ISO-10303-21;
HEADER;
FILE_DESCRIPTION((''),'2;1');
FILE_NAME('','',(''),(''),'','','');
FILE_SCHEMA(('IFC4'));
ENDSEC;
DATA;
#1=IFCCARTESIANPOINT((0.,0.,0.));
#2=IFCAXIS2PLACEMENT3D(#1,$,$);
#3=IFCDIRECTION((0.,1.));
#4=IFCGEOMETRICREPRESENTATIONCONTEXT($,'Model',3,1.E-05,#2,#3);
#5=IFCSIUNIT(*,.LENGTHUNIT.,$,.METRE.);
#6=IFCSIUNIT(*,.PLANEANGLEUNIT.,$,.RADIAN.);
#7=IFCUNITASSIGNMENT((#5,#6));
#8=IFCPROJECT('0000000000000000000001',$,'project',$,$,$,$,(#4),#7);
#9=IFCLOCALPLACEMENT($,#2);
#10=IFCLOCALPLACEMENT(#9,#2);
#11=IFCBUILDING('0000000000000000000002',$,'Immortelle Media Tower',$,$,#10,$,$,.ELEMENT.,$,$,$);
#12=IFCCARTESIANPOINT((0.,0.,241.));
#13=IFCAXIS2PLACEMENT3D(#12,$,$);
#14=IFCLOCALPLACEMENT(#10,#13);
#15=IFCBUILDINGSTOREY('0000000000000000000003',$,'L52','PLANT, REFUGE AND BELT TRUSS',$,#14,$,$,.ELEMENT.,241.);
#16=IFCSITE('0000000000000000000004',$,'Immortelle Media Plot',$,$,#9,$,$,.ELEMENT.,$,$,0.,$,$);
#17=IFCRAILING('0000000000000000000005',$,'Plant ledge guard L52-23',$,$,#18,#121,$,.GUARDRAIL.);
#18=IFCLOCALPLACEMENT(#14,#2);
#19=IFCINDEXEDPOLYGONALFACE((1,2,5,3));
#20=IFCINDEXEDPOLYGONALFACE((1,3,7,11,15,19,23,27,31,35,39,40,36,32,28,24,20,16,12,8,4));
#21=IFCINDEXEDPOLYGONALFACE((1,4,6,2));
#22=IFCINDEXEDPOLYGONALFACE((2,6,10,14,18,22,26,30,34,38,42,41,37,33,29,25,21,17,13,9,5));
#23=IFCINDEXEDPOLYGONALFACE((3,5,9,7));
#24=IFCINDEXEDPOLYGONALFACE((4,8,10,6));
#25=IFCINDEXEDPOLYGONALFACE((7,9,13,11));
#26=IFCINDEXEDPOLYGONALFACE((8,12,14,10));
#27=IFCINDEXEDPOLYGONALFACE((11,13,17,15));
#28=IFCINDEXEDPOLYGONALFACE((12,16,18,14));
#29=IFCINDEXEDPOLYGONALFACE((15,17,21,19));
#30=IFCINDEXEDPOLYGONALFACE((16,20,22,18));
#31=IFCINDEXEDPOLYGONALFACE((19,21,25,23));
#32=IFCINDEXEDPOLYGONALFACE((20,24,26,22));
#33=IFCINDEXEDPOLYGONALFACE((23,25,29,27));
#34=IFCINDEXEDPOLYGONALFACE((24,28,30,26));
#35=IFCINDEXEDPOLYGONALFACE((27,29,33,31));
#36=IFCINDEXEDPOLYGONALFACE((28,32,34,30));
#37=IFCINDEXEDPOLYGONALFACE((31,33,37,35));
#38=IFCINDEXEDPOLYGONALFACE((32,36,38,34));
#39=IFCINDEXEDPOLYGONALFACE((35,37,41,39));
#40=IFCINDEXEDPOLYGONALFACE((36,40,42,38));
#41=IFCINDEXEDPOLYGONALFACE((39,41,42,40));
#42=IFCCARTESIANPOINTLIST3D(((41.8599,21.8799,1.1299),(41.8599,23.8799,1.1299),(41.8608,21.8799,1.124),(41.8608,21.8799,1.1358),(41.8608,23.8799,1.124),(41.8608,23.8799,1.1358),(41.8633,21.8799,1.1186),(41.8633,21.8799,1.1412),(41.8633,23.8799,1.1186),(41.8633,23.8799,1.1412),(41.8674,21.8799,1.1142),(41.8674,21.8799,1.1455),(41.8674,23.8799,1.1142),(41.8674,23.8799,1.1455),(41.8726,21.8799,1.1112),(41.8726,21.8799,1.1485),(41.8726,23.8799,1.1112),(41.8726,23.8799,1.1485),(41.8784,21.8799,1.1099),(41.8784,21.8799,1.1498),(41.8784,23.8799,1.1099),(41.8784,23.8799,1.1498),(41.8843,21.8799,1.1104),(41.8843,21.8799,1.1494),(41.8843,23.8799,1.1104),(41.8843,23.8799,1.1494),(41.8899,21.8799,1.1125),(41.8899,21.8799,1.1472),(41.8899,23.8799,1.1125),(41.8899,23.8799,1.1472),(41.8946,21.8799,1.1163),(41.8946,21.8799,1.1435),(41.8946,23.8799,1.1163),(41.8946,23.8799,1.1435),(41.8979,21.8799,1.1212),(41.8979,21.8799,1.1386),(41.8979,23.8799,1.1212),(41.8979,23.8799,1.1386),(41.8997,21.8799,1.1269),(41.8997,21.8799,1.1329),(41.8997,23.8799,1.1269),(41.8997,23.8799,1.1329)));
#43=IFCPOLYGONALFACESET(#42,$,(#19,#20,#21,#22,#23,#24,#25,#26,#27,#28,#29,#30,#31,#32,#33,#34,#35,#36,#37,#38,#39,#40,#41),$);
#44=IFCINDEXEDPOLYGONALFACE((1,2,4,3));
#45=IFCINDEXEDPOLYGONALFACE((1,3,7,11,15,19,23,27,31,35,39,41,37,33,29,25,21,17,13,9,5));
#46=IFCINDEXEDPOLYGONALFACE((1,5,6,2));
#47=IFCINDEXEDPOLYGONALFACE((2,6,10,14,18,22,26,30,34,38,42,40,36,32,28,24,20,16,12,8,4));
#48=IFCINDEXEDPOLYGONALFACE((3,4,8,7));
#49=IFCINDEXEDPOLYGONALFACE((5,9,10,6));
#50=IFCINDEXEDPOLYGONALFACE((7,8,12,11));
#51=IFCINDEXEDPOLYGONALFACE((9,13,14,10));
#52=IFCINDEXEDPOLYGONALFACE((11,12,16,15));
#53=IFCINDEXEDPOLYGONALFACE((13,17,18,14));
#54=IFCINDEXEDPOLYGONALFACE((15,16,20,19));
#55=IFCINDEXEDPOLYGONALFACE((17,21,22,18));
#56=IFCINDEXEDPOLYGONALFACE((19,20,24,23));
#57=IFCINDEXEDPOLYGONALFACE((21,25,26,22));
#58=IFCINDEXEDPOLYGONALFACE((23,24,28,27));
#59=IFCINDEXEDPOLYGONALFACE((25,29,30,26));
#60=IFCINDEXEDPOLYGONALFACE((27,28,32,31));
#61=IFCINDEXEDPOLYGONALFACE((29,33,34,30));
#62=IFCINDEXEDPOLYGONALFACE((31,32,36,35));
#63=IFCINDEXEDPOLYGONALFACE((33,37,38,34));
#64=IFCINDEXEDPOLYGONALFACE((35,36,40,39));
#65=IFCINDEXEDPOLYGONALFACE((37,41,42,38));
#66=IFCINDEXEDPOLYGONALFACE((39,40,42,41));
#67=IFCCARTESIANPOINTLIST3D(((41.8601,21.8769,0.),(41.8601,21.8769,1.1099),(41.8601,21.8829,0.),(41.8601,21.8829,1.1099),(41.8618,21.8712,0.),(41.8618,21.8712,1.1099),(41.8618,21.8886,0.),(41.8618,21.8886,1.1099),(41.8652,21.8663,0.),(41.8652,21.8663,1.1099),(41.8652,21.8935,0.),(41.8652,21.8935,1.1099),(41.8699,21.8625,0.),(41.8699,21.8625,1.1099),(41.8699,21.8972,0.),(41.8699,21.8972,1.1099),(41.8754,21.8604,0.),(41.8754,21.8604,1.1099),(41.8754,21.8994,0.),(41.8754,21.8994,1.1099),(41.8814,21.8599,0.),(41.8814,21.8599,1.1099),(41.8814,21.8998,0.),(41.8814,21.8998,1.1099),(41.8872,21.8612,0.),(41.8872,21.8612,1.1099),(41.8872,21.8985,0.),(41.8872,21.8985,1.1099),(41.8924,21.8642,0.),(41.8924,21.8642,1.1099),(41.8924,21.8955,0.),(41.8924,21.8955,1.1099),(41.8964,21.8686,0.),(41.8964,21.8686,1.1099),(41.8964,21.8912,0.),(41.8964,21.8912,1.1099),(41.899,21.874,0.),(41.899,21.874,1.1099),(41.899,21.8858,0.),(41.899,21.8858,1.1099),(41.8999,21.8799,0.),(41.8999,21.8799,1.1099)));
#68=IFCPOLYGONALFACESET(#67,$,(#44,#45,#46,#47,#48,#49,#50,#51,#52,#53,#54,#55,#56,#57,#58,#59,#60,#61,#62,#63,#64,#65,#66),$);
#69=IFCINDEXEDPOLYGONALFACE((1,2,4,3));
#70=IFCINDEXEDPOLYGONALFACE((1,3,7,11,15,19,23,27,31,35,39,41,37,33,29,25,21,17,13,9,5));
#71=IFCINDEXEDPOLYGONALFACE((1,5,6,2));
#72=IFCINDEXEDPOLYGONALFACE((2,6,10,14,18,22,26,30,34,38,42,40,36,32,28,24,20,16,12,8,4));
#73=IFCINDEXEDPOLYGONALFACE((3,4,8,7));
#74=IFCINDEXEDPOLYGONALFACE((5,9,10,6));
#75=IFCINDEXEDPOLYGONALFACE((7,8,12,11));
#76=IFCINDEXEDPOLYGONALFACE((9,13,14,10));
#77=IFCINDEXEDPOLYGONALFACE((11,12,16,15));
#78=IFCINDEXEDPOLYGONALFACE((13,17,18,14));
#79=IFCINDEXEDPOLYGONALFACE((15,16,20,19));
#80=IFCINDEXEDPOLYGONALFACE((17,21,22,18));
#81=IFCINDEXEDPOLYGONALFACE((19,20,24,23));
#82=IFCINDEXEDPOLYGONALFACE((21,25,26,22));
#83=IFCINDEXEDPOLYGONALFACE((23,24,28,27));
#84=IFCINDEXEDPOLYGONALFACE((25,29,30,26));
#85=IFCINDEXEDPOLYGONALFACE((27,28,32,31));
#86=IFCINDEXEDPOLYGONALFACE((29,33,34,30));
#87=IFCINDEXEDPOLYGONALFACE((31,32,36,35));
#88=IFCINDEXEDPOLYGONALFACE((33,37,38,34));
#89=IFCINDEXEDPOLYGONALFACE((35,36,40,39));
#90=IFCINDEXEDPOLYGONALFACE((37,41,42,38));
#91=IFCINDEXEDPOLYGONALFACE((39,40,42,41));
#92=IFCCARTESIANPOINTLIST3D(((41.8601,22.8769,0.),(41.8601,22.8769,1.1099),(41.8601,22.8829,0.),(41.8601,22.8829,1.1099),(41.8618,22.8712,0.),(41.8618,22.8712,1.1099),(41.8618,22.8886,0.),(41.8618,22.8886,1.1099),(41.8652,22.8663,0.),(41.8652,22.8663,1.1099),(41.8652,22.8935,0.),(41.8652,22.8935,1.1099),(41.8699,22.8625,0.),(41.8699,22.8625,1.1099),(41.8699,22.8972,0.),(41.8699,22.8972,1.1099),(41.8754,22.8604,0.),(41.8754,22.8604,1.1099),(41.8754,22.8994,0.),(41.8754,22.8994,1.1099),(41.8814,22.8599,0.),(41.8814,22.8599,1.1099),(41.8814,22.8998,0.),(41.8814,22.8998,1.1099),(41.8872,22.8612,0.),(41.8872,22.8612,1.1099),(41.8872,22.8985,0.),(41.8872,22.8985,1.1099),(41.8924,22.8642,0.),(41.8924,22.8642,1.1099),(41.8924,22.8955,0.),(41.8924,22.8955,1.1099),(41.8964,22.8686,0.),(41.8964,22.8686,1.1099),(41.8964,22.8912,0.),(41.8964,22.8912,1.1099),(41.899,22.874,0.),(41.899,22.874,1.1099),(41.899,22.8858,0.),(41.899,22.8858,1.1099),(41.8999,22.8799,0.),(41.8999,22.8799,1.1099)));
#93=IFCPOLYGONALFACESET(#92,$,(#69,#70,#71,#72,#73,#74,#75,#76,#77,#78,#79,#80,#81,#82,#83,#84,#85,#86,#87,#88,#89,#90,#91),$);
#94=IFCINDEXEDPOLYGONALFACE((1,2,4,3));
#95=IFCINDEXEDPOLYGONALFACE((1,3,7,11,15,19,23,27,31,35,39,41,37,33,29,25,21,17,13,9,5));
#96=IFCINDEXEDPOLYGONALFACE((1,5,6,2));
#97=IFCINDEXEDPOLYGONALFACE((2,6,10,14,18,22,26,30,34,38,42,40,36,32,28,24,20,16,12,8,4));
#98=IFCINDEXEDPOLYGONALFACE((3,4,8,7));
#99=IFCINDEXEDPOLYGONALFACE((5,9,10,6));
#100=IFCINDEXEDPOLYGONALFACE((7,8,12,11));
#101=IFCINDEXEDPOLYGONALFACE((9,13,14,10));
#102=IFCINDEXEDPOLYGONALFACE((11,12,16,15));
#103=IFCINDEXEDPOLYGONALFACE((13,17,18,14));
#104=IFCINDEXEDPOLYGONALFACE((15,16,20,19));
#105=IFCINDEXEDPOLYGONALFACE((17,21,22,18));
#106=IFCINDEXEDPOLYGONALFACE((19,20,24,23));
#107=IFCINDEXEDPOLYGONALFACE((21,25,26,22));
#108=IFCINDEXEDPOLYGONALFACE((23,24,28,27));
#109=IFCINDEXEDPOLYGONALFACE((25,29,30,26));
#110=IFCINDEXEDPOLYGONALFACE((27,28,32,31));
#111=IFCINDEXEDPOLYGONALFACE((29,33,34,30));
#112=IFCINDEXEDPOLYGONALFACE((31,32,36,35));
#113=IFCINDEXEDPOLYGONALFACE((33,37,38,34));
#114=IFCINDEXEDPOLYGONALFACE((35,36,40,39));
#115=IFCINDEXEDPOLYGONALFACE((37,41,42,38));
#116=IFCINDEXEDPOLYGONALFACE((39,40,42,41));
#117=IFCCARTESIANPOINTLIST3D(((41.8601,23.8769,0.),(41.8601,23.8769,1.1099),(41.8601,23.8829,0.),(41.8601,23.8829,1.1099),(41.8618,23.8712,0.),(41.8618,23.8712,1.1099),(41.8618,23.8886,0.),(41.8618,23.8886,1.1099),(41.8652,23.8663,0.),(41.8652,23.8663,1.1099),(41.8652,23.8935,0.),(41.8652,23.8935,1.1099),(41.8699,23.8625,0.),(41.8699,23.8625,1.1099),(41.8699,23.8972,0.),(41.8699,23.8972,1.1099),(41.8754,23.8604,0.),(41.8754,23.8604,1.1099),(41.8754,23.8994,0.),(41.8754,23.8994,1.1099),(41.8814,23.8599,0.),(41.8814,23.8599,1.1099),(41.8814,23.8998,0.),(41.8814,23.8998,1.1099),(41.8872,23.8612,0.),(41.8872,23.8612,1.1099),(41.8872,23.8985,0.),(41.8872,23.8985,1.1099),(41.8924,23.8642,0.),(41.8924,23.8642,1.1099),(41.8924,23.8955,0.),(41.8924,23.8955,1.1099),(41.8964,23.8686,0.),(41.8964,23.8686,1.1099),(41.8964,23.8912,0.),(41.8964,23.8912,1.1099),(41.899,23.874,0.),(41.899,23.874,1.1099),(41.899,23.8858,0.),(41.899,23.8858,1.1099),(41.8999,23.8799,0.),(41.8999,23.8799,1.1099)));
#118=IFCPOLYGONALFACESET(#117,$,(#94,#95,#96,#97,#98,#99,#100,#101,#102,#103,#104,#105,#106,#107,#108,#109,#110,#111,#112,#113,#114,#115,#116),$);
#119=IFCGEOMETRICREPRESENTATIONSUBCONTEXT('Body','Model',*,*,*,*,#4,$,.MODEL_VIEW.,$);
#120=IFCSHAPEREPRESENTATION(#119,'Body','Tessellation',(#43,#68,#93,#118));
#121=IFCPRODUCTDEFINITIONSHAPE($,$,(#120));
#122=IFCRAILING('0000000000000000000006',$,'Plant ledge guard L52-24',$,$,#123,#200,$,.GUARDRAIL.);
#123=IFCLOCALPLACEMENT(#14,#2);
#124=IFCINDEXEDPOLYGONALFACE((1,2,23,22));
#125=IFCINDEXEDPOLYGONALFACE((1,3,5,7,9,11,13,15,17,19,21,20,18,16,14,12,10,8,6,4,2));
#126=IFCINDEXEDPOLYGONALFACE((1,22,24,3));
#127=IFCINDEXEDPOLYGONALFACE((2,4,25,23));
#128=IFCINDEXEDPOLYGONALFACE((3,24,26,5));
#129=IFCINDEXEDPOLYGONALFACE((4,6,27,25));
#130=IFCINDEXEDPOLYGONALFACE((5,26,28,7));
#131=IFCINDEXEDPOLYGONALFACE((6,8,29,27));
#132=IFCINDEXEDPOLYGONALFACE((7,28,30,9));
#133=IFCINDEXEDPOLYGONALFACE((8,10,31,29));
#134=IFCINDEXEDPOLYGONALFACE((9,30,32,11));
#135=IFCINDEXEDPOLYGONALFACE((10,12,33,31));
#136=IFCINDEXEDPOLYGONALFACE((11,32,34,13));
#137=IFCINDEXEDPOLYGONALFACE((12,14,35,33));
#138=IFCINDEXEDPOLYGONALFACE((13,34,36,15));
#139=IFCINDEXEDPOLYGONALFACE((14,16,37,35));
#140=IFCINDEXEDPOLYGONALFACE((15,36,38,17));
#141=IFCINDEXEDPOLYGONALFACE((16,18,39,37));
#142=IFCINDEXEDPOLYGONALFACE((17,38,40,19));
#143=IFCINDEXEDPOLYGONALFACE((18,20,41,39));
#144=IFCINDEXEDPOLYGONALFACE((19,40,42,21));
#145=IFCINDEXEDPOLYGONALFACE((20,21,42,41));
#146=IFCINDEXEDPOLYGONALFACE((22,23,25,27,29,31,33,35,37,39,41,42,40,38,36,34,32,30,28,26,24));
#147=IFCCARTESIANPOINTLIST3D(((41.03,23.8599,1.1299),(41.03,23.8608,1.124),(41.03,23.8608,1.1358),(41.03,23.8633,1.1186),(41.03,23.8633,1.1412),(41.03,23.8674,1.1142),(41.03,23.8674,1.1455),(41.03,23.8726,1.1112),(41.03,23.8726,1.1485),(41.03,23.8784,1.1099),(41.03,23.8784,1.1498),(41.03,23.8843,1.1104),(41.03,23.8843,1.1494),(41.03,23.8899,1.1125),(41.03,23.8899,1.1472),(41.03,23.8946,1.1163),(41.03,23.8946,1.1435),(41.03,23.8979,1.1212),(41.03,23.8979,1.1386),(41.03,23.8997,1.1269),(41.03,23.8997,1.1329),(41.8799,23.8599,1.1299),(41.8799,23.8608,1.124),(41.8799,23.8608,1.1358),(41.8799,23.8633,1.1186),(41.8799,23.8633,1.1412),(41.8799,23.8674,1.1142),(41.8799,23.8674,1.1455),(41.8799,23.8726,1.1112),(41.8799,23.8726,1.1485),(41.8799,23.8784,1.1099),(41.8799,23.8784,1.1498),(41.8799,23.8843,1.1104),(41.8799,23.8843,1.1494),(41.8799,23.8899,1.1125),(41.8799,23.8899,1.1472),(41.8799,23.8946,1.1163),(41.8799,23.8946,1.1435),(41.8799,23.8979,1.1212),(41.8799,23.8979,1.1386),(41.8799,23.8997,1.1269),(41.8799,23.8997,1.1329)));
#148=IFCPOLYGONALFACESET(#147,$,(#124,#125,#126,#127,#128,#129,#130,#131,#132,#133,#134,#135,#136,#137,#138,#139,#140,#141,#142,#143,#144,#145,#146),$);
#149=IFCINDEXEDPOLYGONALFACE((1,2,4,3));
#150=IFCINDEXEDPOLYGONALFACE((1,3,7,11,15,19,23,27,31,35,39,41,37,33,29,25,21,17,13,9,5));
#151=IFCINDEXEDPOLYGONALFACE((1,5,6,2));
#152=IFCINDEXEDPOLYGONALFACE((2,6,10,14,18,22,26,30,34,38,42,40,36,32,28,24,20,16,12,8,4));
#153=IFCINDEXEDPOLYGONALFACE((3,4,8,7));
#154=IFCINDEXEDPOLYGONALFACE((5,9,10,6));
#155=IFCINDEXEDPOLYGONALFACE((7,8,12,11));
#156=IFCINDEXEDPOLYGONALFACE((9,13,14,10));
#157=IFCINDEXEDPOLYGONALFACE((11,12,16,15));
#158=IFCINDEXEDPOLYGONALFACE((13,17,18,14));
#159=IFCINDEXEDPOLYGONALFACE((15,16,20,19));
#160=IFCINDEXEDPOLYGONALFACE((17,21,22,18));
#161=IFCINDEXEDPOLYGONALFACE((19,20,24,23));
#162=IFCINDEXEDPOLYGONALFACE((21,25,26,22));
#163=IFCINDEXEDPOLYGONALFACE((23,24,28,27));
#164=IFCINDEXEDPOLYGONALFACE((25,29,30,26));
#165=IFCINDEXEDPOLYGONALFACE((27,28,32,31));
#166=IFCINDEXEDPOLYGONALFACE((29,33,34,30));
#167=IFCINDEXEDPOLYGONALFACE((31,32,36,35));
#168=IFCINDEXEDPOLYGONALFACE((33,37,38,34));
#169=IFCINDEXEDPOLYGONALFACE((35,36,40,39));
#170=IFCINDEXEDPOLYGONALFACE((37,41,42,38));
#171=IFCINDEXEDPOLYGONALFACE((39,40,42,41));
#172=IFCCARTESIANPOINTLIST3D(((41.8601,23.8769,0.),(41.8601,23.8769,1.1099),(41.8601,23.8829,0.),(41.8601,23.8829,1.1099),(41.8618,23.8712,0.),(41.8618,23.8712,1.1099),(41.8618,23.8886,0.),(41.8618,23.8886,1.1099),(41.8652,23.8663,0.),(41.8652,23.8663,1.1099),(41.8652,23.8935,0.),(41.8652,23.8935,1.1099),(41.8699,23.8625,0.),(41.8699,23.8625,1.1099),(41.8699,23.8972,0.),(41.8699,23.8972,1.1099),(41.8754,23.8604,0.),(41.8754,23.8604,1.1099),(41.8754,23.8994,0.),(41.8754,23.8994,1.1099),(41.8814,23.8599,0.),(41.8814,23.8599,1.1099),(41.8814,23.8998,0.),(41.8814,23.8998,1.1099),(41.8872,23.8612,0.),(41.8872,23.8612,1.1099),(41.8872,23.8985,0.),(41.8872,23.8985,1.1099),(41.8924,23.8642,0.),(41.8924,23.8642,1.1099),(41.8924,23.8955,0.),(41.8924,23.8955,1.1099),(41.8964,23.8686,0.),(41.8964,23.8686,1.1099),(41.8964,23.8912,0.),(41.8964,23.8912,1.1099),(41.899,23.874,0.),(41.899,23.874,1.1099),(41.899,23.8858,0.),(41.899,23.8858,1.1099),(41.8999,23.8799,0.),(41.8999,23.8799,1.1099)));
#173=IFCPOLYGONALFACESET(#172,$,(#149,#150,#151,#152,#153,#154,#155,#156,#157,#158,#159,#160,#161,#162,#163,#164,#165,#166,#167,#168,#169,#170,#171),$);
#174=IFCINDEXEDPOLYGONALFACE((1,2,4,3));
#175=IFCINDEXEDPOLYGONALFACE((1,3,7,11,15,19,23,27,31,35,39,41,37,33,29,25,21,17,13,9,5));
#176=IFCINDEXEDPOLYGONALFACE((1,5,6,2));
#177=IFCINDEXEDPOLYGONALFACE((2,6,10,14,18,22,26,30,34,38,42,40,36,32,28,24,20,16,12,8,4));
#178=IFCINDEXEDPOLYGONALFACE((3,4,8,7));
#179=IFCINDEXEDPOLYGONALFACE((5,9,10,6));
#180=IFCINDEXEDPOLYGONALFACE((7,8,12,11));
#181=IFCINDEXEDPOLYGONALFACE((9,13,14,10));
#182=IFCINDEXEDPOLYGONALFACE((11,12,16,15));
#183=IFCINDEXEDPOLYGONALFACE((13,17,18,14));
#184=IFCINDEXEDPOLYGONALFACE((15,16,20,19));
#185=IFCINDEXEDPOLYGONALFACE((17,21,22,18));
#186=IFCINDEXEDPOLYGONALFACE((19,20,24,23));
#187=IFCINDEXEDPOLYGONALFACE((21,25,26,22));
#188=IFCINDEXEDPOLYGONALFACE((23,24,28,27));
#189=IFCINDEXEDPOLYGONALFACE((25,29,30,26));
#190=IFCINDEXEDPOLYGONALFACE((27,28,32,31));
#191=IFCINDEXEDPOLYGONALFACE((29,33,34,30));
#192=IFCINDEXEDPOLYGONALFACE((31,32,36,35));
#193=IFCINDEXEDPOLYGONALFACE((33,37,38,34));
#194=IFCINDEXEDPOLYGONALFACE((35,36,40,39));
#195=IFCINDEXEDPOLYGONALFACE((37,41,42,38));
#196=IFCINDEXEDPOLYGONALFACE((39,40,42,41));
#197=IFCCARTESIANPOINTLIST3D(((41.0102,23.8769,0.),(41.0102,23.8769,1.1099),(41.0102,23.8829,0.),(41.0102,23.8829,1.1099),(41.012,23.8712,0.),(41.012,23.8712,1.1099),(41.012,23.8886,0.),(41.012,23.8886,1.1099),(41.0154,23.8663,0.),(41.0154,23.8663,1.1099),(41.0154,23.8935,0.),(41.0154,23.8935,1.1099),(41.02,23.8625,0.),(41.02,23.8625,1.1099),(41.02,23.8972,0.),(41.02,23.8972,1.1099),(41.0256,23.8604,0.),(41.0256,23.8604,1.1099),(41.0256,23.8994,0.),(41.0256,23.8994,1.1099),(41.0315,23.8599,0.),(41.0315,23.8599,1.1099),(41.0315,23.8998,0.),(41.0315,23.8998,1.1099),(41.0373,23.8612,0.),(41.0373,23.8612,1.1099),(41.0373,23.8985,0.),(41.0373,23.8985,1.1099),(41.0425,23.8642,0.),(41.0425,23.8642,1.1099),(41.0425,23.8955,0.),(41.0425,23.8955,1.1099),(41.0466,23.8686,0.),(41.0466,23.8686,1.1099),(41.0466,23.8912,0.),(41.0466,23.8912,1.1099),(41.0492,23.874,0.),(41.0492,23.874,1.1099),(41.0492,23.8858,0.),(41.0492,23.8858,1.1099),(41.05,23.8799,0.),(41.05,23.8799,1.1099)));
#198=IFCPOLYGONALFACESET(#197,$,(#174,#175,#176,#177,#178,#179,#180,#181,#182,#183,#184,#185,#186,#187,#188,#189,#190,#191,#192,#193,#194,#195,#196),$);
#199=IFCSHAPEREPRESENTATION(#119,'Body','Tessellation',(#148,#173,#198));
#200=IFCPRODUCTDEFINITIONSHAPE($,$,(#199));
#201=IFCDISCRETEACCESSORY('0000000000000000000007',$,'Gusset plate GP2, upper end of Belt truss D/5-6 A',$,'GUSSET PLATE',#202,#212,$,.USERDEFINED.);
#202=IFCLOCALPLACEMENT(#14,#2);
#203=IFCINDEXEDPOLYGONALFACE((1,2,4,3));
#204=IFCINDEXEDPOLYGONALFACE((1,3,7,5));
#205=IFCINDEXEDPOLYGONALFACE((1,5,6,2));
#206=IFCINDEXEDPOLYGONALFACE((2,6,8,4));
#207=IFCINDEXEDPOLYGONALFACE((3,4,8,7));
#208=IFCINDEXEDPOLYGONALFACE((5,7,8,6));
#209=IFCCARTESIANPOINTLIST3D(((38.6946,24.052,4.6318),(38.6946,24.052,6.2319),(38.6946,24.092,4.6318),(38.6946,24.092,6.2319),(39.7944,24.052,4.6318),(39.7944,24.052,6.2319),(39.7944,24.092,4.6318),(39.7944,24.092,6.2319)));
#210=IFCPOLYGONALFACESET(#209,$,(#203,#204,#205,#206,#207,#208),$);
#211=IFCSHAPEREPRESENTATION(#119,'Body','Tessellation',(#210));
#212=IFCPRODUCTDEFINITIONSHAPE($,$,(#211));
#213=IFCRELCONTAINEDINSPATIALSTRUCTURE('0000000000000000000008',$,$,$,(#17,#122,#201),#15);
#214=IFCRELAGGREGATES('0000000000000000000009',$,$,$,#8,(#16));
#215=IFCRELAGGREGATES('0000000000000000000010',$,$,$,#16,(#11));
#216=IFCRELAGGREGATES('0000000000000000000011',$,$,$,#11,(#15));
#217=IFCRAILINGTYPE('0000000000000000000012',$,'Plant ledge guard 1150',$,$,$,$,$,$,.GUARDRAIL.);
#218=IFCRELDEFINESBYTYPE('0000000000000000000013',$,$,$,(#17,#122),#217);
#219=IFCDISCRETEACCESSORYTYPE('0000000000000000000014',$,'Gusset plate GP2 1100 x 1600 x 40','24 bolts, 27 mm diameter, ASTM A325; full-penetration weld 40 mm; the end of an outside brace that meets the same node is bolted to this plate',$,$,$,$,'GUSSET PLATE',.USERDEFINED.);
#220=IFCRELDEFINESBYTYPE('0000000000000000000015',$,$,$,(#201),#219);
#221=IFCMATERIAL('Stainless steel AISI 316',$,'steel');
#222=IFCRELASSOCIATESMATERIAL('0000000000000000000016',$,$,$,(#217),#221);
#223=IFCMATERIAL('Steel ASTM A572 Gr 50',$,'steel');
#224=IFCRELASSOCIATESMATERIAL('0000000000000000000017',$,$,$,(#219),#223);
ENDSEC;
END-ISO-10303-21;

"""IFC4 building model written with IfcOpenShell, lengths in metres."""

from ifc_helpers import new_model, si_unit, direction, frame, origin, origin_2d, place, context, subcontext, project, spatial, rectangle, circle, extrude, material, material_profile, profile_set, type_object, element, save


model = new_model("IFC4")

# Units and contexts
model_context = context("Model", 3, precision=1e-05, world=origin(), true_north=direction((0.0, 1.0)))
body_context = subcontext(model_context, "Body", "Model", "MODEL_VIEW")
ifc_project = project(units=[si_unit("LENGTHUNIT", "METRE"), si_unit("PLANEANGLEUNIT", "RADIAN")], contexts=[model_context])

# Site, building, storey
site_placement = place(None, origin())
site = spatial("IfcSite", under=ifc_project, at=site_placement, Name="Immortelle Media Plot", CompositionType="ELEMENT", RefElevation=0.0)
building_placement = place(site_placement, origin())
building = spatial("IfcBuilding", under=site, at=building_placement, Name="Immortelle Media Tower", CompositionType="ELEMENT")
storey_placement = place(building_placement, frame((0.0, 0.0, 241.0)))
storey = spatial("IfcBuildingStorey", under=building, at=storey_placement, Name="L52", Description="PLANT, REFUGE AND BELT TRUSS", CompositionType="ELEMENT", Elevation=241.0)

# Railings
ifc_material_1 = material(Name="Stainless steel AISI 316", Category="steel")
railing_type = type_object("IfcRailingType", Name="Plant ledge guard 1150", PredefinedType="GUARDRAIL", material=ifc_material_1)
railing_1_placement = place(storey_placement, frame((41.8799, 21.8799, 0.0)))
element("IfcRailing", 1, at=railing_1_placement, inside=storey, type_object=railing_type, Name="Plant ledge guard L52-23", PredefinedType="GUARDRAIL", context=body_context, shape_type="SweptSolid", body=[
    extrude(circle(Radius=0.02, at=origin_2d()), frame((0.0, 0.0, 1.1299), z_axis=(0.0, 1.0, 0.0), x_axis=(-1.0, 0.0, 0.0)), (0.0, 0.0, 1.0), 2.0),
    extrude(circle(Radius=0.02, at=origin_2d()), origin(), (0.0, 0.0, 1.0), 1.1099),
    extrude(circle(Radius=0.02, at=origin_2d()), frame((0.0, 1.0, 0.0)), (0.0, 0.0, 1.0), 1.1099),
    extrude(circle(Radius=0.02, at=origin_2d()), frame((0.0, 2.0, 0.0)), (0.0, 0.0, 1.0), 1.1099),
])
railing_2_placement = place(storey_placement, frame((41.8799, 23.8799, 0.0)))
element("IfcRailing", 2, at=railing_2_placement, inside=storey, type_object=railing_type, Name="Plant ledge guard L52-24", PredefinedType="GUARDRAIL", context=body_context, shape_type="SweptSolid", body=[
    extrude(circle(Radius=0.02, at=origin_2d()), frame((0.0, 0.0, 1.1299), z_axis=(-1.0, 0.0, 0.0), x_axis=(0.0, -1.0, 0.0)), (0.0, 0.0, 1.0), 0.8499),
    extrude(circle(Radius=0.02, at=origin_2d()), origin(), (0.0, 0.0, 1.0), 1.1099),
    extrude(circle(Radius=0.02, at=origin_2d()), frame((-0.8499, 0.0, 0.0)), (0.0, 0.0, 1.0), 1.1099),
])

# Discrete accessory
ifc_material_2 = material(Name="Steel ASTM A572 Gr 50", Category="steel")
ifc_material_profile_1 = material_profile(ifc_material_2, rectangle(XDim=0.04, YDim=1.6001, at=origin_2d()), Name="PL 40 x 1600")
ifc_profile_set_1 = profile_set([ifc_material_profile_1], Name="Steel ASTM A572 Gr 50")
discrete_accessory_type = type_object("IfcDiscreteAccessoryType", Name="Gusset plate GP2 1100 x 1600 x 40", Description="24 bolts, 27 mm diameter, ASTM A325; full-penetration weld 40 mm; the end of an outside brace that meets the same node is bolted to this plate", ElementType="GUSSET PLATE", PredefinedType="USERDEFINED", material=ifc_profile_set_1)
for number, where, z_axis, x_axis, name in (
    (3, (39.7944, 24.072, 5.4319), (-1.0, 0.0, 0.0), (0.0, -1.0, 0.0), "Gusset plate GP2, upper end of Belt truss D/5-6 A"),
):
    element("IfcDiscreteAccessory", number, at=place(storey_placement, frame(where, z_axis=z_axis, x_axis=x_axis)), inside=storey, type_object=discrete_accessory_type, Name=name, ObjectType="GUSSET PLATE", PredefinedType="USERDEFINED", context=body_context, shape_type="SweptSolid", body=[
        extrude(rectangle(XDim=0.04, YDim=1.6001, at=origin_2d()), origin(), (0.0, 0.0, 1.0), 1.0999),
    ])

save(model, "model.ifc")
